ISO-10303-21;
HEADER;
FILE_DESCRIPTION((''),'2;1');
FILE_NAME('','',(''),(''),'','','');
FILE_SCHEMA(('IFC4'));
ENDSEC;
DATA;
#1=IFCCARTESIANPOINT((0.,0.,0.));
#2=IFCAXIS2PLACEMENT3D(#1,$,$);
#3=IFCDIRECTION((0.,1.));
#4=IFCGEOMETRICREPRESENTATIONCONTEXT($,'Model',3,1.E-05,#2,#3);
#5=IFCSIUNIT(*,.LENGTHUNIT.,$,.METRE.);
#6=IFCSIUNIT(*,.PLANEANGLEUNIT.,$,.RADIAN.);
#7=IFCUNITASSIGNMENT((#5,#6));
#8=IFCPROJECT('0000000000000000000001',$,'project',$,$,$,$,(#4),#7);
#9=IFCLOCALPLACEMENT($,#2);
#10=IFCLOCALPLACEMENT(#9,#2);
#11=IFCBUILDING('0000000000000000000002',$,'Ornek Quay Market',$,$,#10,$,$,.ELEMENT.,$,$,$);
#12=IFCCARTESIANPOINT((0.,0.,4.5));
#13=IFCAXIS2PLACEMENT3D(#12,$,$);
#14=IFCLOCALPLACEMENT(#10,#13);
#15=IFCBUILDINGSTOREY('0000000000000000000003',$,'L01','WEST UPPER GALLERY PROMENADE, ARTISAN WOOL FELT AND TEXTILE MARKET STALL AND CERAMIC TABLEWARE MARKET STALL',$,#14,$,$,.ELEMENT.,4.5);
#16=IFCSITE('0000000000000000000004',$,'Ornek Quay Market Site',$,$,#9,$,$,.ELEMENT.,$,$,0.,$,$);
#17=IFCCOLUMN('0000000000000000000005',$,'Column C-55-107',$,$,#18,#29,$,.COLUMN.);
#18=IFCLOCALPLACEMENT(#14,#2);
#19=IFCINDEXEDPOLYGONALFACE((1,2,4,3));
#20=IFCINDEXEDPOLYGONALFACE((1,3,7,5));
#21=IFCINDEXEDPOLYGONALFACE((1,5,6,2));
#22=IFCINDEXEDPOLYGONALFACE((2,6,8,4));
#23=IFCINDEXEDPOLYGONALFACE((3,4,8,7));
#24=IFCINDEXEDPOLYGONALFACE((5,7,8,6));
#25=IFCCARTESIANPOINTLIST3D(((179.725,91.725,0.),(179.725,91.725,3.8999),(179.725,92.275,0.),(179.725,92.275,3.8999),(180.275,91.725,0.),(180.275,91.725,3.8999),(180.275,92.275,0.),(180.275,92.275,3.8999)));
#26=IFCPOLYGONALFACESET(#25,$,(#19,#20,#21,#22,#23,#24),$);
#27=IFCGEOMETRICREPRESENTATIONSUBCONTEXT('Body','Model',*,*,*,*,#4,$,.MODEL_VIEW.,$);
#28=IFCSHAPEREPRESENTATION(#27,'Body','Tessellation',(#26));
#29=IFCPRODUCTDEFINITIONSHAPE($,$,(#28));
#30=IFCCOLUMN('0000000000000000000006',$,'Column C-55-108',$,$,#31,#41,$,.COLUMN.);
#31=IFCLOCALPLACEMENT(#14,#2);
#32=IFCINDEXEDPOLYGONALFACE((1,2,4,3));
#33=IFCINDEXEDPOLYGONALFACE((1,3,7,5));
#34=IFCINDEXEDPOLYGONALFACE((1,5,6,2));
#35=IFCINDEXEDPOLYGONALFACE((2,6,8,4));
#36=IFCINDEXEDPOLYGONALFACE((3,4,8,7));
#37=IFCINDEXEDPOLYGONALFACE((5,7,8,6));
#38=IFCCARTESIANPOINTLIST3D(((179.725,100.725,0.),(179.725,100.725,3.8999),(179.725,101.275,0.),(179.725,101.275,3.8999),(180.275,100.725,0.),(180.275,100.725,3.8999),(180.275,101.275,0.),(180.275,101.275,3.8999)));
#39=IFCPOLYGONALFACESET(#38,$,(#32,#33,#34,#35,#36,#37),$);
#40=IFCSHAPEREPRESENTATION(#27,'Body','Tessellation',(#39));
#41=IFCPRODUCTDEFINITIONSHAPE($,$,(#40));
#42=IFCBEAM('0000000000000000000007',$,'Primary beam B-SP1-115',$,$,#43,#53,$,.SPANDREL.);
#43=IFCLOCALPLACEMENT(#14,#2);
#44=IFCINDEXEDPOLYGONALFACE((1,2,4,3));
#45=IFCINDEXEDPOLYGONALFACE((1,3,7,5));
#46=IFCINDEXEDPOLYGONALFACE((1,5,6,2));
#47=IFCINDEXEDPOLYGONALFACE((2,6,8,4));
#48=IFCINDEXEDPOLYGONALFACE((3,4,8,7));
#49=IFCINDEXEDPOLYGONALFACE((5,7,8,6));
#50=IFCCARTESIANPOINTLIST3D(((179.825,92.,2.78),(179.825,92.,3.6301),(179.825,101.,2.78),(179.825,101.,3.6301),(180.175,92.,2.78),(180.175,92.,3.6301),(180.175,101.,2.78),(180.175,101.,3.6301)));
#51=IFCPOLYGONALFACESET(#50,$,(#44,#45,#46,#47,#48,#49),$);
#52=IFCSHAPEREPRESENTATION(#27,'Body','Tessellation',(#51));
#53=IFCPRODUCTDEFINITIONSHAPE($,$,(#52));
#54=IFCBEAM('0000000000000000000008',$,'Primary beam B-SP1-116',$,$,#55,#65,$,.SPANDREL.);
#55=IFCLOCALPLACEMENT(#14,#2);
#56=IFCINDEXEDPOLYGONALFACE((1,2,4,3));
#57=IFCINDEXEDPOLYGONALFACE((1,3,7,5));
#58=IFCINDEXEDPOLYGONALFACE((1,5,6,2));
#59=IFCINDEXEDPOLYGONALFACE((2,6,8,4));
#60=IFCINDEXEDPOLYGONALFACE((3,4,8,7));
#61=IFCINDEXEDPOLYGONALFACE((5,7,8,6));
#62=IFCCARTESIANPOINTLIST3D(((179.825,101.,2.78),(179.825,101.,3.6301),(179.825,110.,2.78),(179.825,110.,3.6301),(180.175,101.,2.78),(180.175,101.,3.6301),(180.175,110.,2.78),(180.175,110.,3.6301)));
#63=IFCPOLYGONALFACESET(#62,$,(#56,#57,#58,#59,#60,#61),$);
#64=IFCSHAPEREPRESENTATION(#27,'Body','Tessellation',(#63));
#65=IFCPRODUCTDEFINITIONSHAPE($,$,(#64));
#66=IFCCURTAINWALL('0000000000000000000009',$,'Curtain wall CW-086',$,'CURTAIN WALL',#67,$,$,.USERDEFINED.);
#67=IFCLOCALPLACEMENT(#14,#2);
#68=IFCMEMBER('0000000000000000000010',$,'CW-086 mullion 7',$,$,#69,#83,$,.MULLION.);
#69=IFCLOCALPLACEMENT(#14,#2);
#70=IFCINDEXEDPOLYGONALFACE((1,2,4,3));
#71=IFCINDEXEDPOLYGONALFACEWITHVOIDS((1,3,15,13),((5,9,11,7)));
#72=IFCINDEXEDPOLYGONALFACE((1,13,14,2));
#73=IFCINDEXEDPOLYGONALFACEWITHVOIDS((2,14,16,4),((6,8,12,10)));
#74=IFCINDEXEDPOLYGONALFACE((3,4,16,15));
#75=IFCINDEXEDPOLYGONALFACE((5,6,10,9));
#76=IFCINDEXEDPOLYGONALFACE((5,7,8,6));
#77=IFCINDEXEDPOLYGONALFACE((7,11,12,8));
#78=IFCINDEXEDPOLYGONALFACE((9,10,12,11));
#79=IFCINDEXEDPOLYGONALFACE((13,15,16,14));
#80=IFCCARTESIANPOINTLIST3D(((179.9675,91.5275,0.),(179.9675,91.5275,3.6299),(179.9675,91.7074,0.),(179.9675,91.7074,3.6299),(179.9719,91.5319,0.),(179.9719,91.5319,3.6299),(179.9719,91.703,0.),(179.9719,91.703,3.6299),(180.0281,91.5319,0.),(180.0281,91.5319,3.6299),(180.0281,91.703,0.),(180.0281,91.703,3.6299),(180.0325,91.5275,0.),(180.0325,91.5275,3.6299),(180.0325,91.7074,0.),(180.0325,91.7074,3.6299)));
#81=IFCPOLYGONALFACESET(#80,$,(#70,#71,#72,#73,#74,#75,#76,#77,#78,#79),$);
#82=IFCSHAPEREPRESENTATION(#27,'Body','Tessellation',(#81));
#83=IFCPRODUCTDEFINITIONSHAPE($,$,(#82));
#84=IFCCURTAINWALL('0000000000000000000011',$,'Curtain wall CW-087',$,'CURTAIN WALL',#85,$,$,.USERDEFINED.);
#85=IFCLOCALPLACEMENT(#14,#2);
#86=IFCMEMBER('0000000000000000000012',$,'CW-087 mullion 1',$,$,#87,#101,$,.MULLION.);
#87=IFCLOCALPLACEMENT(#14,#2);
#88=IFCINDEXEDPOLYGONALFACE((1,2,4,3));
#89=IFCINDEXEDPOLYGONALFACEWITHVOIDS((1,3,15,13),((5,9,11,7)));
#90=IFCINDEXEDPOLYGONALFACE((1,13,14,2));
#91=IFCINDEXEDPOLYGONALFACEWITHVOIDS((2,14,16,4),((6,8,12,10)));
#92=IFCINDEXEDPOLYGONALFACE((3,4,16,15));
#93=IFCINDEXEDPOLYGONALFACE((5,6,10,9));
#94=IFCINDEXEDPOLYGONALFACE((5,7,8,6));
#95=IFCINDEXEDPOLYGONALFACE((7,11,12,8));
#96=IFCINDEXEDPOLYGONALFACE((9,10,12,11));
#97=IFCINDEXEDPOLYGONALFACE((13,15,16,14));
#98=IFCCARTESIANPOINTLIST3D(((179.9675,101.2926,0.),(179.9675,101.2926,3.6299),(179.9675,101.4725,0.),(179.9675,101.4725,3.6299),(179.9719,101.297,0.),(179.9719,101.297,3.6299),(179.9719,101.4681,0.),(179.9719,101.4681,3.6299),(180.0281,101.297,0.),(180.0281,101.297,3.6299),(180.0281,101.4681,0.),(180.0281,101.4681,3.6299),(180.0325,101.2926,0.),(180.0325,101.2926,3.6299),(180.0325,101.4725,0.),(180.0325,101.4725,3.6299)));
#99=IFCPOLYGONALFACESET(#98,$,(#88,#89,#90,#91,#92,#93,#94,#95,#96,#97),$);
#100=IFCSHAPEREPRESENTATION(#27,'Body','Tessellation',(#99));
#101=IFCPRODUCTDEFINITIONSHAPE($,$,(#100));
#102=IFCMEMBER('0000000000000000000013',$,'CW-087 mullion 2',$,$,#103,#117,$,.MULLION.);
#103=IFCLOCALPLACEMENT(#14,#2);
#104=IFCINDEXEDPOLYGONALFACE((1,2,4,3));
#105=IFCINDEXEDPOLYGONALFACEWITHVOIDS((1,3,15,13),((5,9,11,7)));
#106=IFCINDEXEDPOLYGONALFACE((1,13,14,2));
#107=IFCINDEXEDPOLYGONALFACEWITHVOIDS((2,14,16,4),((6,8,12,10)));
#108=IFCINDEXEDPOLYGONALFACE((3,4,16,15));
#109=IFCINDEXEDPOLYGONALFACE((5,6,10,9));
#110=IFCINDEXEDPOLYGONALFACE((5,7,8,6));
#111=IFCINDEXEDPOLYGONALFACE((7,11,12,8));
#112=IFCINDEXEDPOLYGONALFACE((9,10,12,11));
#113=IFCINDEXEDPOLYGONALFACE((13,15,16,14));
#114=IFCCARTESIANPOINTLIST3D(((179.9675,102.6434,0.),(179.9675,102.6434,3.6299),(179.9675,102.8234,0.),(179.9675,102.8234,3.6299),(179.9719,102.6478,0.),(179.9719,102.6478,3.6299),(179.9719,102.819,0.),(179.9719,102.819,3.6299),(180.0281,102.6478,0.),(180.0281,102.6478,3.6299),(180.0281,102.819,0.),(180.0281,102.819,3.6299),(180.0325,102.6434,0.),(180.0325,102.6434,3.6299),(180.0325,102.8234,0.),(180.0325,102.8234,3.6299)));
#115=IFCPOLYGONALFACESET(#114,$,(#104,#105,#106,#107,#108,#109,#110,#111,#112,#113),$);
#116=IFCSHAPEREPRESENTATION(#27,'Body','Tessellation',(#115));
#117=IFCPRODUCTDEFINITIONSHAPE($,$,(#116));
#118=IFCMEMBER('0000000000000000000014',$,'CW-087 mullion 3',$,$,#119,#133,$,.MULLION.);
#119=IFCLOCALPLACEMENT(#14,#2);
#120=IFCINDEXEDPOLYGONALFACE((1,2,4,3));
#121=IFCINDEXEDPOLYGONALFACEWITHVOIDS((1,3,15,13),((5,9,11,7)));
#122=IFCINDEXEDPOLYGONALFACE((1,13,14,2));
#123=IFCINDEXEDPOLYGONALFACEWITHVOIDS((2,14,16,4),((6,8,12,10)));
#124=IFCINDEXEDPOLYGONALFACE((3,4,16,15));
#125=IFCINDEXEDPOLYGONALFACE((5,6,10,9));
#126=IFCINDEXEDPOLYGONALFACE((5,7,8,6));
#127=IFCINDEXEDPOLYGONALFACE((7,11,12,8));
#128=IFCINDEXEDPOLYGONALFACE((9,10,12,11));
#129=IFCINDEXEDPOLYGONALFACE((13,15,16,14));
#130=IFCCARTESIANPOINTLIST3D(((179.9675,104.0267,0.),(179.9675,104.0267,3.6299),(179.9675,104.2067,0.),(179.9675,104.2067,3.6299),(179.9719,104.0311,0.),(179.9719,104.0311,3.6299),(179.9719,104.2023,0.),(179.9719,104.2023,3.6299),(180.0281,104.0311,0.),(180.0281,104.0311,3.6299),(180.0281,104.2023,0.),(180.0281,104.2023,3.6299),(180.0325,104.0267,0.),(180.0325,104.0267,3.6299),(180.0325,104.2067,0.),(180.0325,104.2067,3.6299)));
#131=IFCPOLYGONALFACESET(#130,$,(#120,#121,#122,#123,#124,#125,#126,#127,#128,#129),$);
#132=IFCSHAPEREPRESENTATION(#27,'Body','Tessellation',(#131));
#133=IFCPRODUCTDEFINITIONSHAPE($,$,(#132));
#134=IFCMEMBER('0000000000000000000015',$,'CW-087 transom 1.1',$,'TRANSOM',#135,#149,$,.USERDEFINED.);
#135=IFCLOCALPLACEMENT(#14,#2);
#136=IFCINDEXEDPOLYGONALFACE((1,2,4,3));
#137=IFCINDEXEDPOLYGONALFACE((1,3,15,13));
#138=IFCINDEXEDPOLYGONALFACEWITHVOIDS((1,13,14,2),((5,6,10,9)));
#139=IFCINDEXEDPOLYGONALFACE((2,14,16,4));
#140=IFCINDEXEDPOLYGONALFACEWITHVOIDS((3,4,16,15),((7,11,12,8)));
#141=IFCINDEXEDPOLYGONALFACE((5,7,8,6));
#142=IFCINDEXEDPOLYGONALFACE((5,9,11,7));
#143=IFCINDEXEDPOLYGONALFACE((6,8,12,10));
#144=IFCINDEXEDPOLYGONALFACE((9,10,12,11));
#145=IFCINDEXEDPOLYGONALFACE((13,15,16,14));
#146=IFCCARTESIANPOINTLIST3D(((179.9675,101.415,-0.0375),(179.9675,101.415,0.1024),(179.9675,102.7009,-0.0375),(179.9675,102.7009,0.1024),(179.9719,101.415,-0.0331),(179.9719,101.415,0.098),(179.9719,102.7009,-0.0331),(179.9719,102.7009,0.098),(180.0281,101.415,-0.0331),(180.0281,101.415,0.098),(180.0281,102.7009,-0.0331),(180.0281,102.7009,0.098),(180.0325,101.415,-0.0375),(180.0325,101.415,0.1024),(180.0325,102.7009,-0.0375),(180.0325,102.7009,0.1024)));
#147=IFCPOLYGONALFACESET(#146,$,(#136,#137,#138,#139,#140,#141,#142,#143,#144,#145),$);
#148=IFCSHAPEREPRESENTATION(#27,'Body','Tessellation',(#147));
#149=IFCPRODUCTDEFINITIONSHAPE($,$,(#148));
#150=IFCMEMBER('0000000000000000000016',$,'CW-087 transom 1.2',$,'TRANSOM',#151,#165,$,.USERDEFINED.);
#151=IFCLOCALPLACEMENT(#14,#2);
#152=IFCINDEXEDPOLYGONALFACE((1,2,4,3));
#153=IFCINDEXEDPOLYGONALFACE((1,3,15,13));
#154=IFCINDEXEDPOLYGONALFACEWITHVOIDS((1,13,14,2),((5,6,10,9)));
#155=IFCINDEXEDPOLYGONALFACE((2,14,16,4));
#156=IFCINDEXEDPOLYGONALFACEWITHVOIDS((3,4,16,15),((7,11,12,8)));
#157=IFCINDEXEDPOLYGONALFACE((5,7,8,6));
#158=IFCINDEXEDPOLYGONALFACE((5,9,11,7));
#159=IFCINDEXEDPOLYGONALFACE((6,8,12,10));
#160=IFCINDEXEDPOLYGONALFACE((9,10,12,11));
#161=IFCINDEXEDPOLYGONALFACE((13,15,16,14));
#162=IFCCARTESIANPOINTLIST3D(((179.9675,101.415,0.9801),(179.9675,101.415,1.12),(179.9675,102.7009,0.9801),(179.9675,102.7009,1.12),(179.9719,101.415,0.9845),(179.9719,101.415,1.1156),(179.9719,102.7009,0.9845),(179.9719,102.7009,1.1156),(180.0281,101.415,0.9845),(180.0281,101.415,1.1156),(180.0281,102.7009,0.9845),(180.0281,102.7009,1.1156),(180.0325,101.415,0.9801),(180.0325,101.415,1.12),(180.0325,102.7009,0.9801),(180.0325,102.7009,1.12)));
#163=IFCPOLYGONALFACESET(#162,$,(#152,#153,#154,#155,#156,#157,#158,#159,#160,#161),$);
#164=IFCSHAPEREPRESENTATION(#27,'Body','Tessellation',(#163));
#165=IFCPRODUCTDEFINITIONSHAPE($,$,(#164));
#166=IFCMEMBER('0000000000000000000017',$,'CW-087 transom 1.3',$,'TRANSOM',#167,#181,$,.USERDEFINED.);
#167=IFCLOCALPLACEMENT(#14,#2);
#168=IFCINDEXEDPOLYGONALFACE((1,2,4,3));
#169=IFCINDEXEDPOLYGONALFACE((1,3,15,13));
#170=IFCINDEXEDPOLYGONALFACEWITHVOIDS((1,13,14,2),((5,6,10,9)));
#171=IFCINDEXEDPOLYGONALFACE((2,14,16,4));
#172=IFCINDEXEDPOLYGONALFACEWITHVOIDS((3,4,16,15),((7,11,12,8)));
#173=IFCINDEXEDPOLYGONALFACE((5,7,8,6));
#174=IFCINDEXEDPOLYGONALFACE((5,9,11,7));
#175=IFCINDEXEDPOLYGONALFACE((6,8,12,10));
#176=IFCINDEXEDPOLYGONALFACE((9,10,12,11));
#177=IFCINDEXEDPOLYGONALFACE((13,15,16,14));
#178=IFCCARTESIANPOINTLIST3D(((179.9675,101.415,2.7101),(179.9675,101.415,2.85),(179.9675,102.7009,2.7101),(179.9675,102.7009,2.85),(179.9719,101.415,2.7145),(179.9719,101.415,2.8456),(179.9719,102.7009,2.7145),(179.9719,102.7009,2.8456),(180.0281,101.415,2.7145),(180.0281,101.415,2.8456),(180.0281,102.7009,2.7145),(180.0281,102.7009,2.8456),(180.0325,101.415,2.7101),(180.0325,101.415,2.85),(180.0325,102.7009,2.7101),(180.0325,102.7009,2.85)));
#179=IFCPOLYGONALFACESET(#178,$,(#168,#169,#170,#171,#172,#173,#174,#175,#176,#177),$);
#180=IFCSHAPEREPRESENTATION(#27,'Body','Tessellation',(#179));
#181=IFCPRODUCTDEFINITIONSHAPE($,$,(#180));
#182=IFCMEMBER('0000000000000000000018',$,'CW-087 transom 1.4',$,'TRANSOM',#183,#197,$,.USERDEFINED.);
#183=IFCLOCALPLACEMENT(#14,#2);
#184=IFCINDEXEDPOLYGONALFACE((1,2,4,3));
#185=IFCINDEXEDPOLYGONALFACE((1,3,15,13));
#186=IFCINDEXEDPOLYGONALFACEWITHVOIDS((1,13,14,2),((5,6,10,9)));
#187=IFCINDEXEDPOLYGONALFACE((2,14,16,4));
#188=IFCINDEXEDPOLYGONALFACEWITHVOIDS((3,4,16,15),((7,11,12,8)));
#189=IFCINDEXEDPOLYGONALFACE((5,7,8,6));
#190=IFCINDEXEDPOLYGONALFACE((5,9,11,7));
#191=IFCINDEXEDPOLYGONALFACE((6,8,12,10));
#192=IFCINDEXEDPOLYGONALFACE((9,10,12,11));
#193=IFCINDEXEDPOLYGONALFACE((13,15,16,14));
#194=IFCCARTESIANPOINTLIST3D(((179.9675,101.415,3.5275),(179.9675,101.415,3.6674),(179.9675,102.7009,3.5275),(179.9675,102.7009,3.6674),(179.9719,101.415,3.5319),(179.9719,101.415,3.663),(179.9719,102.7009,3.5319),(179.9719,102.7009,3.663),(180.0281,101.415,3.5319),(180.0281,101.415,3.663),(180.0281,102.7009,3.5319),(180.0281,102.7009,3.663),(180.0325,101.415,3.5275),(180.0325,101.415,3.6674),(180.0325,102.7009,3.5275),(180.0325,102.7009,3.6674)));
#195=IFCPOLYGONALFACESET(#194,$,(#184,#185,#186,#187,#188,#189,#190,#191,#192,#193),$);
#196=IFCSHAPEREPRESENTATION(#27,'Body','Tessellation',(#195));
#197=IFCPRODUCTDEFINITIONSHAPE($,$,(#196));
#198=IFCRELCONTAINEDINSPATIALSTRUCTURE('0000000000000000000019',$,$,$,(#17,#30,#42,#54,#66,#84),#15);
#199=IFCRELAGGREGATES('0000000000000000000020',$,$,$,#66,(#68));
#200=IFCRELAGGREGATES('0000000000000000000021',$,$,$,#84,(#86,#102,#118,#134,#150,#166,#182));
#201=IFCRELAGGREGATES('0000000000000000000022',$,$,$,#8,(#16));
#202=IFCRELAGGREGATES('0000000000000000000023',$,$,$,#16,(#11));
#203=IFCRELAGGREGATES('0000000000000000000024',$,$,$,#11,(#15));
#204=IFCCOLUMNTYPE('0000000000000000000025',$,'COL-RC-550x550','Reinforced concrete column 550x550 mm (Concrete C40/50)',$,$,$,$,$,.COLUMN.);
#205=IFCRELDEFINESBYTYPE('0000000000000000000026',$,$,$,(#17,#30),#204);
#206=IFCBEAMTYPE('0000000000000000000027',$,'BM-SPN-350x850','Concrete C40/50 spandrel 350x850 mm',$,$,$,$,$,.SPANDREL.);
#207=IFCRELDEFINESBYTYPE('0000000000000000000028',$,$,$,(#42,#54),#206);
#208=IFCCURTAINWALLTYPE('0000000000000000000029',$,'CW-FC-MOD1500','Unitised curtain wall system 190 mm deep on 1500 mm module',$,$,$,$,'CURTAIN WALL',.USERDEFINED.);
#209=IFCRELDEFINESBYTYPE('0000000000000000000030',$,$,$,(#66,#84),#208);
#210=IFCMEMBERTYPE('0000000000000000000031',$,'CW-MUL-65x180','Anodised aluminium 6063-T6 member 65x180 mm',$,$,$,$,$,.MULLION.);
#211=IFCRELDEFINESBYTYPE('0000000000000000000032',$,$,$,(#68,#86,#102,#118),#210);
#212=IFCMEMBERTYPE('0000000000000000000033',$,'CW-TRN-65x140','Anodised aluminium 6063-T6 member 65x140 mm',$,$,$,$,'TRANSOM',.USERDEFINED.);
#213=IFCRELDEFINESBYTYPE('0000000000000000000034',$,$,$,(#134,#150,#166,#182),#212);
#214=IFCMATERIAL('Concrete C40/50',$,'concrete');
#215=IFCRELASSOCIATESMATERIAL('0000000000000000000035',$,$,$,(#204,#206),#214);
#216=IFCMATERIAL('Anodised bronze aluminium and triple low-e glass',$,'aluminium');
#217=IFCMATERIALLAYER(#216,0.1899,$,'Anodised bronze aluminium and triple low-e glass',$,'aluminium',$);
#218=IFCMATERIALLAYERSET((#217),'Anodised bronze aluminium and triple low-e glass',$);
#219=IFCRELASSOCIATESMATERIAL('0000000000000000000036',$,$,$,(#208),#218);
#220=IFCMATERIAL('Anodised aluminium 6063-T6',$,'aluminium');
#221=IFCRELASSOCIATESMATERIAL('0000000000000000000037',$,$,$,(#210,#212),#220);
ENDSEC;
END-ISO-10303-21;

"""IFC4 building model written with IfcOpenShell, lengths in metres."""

from ifc_helpers import new_model, si_unit, direction, frame, origin, origin_2d, place, context, subcontext, project, spatial, rectangle, hollow_rectangle, extrude, material, layer, layer_set, material_profile, profile_set, type_object, element, aggregate, save


model = new_model("IFC4")

# Units and contexts
model_context = context("Model", 3, precision=1e-05, world=origin(), true_north=direction((0.0, 1.0)))
body_context = subcontext(model_context, "Body", "Model", "MODEL_VIEW")
ifc_project = project(units=[si_unit("LENGTHUNIT", "METRE"), si_unit("PLANEANGLEUNIT", "RADIAN")], contexts=[model_context])

# Site, building, storey
site_placement = place(None, origin())
site = spatial("IfcSite", under=ifc_project, at=site_placement, Name="Ornek Quay Market Site", CompositionType="ELEMENT", RefElevation=0.0)
building_placement = place(site_placement, origin())
building = spatial("IfcBuilding", under=site, at=building_placement, Name="Ornek Quay Market", CompositionType="ELEMENT")
storey_placement = place(building_placement, frame((0.0, 0.0, 4.5)))
storey = spatial("IfcBuildingStorey", under=building, at=storey_placement, Name="L01", Description="WEST UPPER GALLERY PROMENADE, ARTISAN WOOL FELT AND TEXTILE MARKET STALL AND CERAMIC TABLEWARE MARKET STALL", CompositionType="ELEMENT", Elevation=4.5)

# Columns
ifc_material_1 = material(Name="Concrete C40/50", Category="concrete")
ifc_material_profile_1 = material_profile(ifc_material_1, rectangle(XDim=0.55, YDim=0.55, at=origin_2d()), Name="RC 550x550", Category="concrete")
ifc_profile_set_1 = profile_set([ifc_material_profile_1], Name="Concrete C40/50")
column_type = type_object("IfcColumnType", Name="COL-RC-550x550", Description="Reinforced concrete column 550x550 mm (Concrete C40/50)", PredefinedType="COLUMN", material=ifc_profile_set_1)
for number, where, z_axis, x_axis, name in (
    (1, (180.0, 92.0, 0.0), (0.0, 0.0, 1.0), (1.0, 0.0, 0.0), "Column C-55-107"),
    (2, (180.0, 101.0, 0.0), (0.0, 0.0, 1.0), (1.0, 0.0, 0.0), "Column C-55-108"),
):
    element("IfcColumn", number, at=place(storey_placement, frame(where, z_axis=z_axis, x_axis=x_axis)), inside=storey, type_object=column_type, Name=name, PredefinedType="COLUMN", context=body_context, shape_type="SweptSolid", body=[
        extrude(rectangle(XDim=0.55, YDim=0.55, at=origin_2d()), origin(), (0.0, 0.0, 1.0), 3.8999),
    ])

# Beams
ifc_material_profile_2 = material_profile(ifc_material_1, rectangle(XDim=0.3501, YDim=0.8501, at=origin_2d()), Name="RC 350x850", Category="concrete")
ifc_profile_set_2 = profile_set([ifc_material_profile_2], Name="Concrete C40/50")
beam_type = type_object("IfcBeamType", Name="BM-SPN-350x850", Description="Concrete C40/50 spandrel 350x850 mm", PredefinedType="SPANDREL", material=ifc_profile_set_2)
for number, where, z_axis, x_axis, name in (
    (3, (180.0, 92.0, 3.2051), (0.0, 1.0, 0.0), (-1.0, 0.0, 0.0), "Primary beam B-SP1-115"),
    (4, (180.0, 101.0, 3.2051), (0.0, 1.0, 0.0), (-1.0, 0.0, 0.0), "Primary beam B-SP1-116"),
):
    element("IfcBeam", number, at=place(storey_placement, frame(where, z_axis=z_axis, x_axis=x_axis)), inside=storey, type_object=beam_type, Name=name, PredefinedType="SPANDREL", context=body_context, shape_type="SweptSolid", body=[
        extrude(rectangle(XDim=0.3501, YDim=0.8501, at=origin_2d()), origin(), (0.0, 0.0, 1.0), 9.0),
    ])

# Curtain wall, member
ifc_material_2 = material(Name="Anodised bronze aluminium and triple low-e glass", Category="aluminium")
ifc_layer_1 = layer(ifc_material_2, 0.1899, Name="Anodised bronze aluminium and triple low-e glass", Category="aluminium")
ifc_layer_set_1 = layer_set([ifc_layer_1], Name="Anodised bronze aluminium and triple low-e glass")
curtain_wall_type = type_object("IfcCurtainWallType", Name="CW-FC-MOD1500", Description="Unitised curtain wall system 190 mm deep on 1500 mm module", ElementType="CURTAIN WALL", PredefinedType="USERDEFINED", material=ifc_layer_set_1)
curtain_wall_1_placement = place(storey_placement, origin())
curtain_wall_1 = element("IfcCurtainWall", 5, at=curtain_wall_1_placement, inside=storey, type_object=curtain_wall_type, Name="Curtain wall CW-086", ObjectType="CURTAIN WALL", PredefinedType="USERDEFINED")
ifc_material_3 = material(Name="Anodised aluminium 6063-T6", Category="aluminium")
ifc_material_profile_3 = material_profile(ifc_material_3, hollow_rectangle(XDim=0.0649, YDim=0.1799, WallThickness=0.0044, at=origin_2d()), Name="CW-MUL-65x180", Category="aluminium")
ifc_profile_set_3 = profile_set([ifc_material_profile_3], Name="Anodised aluminium 6063-T6")
member_type_1 = type_object("IfcMemberType", Name="CW-MUL-65x180", Description="Anodised aluminium 6063-T6 member 65x180 mm", PredefinedType="MULLION", material=ifc_profile_set_3)
member_1_placement = place(storey_placement, frame((180.0, 91.6174, 0.0), z_axis=(0.0, 0.0, 1.0), x_axis=(-1.0, 0.0, 0.0)))
member_1 = element("IfcMember", 6, at=member_1_placement, type_object=member_type_1, Name="CW-086 mullion 7", PredefinedType="MULLION", context=body_context, shape_type="SweptSolid", body=[
    extrude(hollow_rectangle(XDim=0.0649, YDim=0.1799, WallThickness=0.0044, at=origin_2d()), origin(), (0.0, 0.0, 1.0), 3.6299),
])

# Curtain wall, members
curtain_wall_2_placement = place(storey_placement, origin())
curtain_wall_2 = element("IfcCurtainWall", 7, at=curtain_wall_2_placement, inside=storey, type_object=curtain_wall_type, Name="Curtain wall CW-087", ObjectType="CURTAIN WALL", PredefinedType="USERDEFINED")
member_2_placement = place(storey_placement, frame((180.0, 101.3826, 0.0), z_axis=(0.0, 0.0, 1.0), x_axis=(-1.0, 0.0, 0.0)))
member_2 = element("IfcMember", 8, at=member_2_placement, type_object=member_type_1, Name="CW-087 mullion 1", PredefinedType="MULLION", context=body_context, shape_type="SweptSolid", body=[
    extrude(hollow_rectangle(XDim=0.0649, YDim=0.1799, WallThickness=0.0044, at=origin_2d()), origin(), (0.0, 0.0, 1.0), 3.6299),
])
member_3_placement = place(storey_placement, frame((180.0, 102.7334, 0.0), z_axis=(0.0, 0.0, 1.0), x_axis=(-1.0, 0.0, 0.0)))
member_3 = element("IfcMember", 9, at=member_3_placement, type_object=member_type_1, Name="CW-087 mullion 2", PredefinedType="MULLION", context=body_context, shape_type="SweptSolid", body=[
    extrude(hollow_rectangle(XDim=0.0649, YDim=0.1799, WallThickness=0.0044, at=origin_2d()), origin(), (0.0, 0.0, 1.0), 3.6299),
])
member_4_placement = place(storey_placement, frame((180.0, 104.1167, 0.0), z_axis=(0.0, 0.0, 1.0), x_axis=(-1.0, 0.0, 0.0)))
member_4 = element("IfcMember", 10, at=member_4_placement, type_object=member_type_1, Name="CW-087 mullion 3", PredefinedType="MULLION", context=body_context, shape_type="SweptSolid", body=[
    extrude(hollow_rectangle(XDim=0.0649, YDim=0.1799, WallThickness=0.0044, at=origin_2d()), origin(), (0.0, 0.0, 1.0), 3.6299),
])
ifc_material_profile_4 = material_profile(ifc_material_3, hollow_rectangle(XDim=0.0649, YDim=0.1399, WallThickness=0.0044, at=origin_2d()), Name="CW-TRN-65x140", Category="aluminium")
ifc_profile_set_4 = profile_set([ifc_material_profile_4], Name="Anodised aluminium 6063-T6")
member_type_2 = type_object("IfcMemberType", Name="CW-TRN-65x140", Description="Anodised aluminium 6063-T6 member 65x140 mm", ElementType="TRANSOM", PredefinedType="USERDEFINED", material=ifc_profile_set_4)
member_5_placement = place(storey_placement, frame((180.0, 101.415, 0.0325), z_axis=(0.0, 1.0, 0.0), x_axis=(-1.0, 0.0, 0.0)))
member_5 = element("IfcMember", 11, at=member_5_placement, type_object=member_type_2, Name="CW-087 transom 1.1", ObjectType="TRANSOM", PredefinedType="USERDEFINED", context=body_context, shape_type="SweptSolid", body=[
    extrude(hollow_rectangle(XDim=0.0649, YDim=0.1399, WallThickness=0.0044, at=origin_2d()), origin(), (0.0, 0.0, 1.0), 1.2859),
])
member_6_placement = place(storey_placement, frame((180.0, 101.415, 1.05), z_axis=(0.0, 1.0, 0.0), x_axis=(-1.0, 0.0, 0.0)))
member_6 = element("IfcMember", 12, at=member_6_placement, type_object=member_type_2, Name="CW-087 transom 1.2", ObjectType="TRANSOM", PredefinedType="USERDEFINED", context=body_context, shape_type="SweptSolid", body=[
    extrude(hollow_rectangle(XDim=0.0649, YDim=0.1399, WallThickness=0.0044, at=origin_2d()), origin(), (0.0, 0.0, 1.0), 1.2859),
])
member_7_placement = place(storey_placement, frame((180.0, 101.415, 2.78), z_axis=(0.0, 1.0, 0.0), x_axis=(-1.0, 0.0, 0.0)))
member_7 = element("IfcMember", 13, at=member_7_placement, type_object=member_type_2, Name="CW-087 transom 1.3", ObjectType="TRANSOM", PredefinedType="USERDEFINED", context=body_context, shape_type="SweptSolid", body=[
    extrude(hollow_rectangle(XDim=0.0649, YDim=0.1399, WallThickness=0.0044, at=origin_2d()), origin(), (0.0, 0.0, 1.0), 1.2859),
])
member_8_placement = place(storey_placement, frame((180.0, 101.415, 3.5974), z_axis=(0.0, 1.0, 0.0), x_axis=(-1.0, 0.0, 0.0)))
member_8 = element("IfcMember", 14, at=member_8_placement, type_object=member_type_2, Name="CW-087 transom 1.4", ObjectType="TRANSOM", PredefinedType="USERDEFINED", context=body_context, shape_type="SweptSolid", body=[
    extrude(hollow_rectangle(XDim=0.0649, YDim=0.1399, WallThickness=0.0044, at=origin_2d()), origin(), (0.0, 0.0, 1.0), 1.2859),
])

aggregate(curtain_wall_1, [member_1])
aggregate(curtain_wall_2, [member_2, member_3, member_4, member_5, member_6, member_7, member_8])

save(model, "model.ifc")
